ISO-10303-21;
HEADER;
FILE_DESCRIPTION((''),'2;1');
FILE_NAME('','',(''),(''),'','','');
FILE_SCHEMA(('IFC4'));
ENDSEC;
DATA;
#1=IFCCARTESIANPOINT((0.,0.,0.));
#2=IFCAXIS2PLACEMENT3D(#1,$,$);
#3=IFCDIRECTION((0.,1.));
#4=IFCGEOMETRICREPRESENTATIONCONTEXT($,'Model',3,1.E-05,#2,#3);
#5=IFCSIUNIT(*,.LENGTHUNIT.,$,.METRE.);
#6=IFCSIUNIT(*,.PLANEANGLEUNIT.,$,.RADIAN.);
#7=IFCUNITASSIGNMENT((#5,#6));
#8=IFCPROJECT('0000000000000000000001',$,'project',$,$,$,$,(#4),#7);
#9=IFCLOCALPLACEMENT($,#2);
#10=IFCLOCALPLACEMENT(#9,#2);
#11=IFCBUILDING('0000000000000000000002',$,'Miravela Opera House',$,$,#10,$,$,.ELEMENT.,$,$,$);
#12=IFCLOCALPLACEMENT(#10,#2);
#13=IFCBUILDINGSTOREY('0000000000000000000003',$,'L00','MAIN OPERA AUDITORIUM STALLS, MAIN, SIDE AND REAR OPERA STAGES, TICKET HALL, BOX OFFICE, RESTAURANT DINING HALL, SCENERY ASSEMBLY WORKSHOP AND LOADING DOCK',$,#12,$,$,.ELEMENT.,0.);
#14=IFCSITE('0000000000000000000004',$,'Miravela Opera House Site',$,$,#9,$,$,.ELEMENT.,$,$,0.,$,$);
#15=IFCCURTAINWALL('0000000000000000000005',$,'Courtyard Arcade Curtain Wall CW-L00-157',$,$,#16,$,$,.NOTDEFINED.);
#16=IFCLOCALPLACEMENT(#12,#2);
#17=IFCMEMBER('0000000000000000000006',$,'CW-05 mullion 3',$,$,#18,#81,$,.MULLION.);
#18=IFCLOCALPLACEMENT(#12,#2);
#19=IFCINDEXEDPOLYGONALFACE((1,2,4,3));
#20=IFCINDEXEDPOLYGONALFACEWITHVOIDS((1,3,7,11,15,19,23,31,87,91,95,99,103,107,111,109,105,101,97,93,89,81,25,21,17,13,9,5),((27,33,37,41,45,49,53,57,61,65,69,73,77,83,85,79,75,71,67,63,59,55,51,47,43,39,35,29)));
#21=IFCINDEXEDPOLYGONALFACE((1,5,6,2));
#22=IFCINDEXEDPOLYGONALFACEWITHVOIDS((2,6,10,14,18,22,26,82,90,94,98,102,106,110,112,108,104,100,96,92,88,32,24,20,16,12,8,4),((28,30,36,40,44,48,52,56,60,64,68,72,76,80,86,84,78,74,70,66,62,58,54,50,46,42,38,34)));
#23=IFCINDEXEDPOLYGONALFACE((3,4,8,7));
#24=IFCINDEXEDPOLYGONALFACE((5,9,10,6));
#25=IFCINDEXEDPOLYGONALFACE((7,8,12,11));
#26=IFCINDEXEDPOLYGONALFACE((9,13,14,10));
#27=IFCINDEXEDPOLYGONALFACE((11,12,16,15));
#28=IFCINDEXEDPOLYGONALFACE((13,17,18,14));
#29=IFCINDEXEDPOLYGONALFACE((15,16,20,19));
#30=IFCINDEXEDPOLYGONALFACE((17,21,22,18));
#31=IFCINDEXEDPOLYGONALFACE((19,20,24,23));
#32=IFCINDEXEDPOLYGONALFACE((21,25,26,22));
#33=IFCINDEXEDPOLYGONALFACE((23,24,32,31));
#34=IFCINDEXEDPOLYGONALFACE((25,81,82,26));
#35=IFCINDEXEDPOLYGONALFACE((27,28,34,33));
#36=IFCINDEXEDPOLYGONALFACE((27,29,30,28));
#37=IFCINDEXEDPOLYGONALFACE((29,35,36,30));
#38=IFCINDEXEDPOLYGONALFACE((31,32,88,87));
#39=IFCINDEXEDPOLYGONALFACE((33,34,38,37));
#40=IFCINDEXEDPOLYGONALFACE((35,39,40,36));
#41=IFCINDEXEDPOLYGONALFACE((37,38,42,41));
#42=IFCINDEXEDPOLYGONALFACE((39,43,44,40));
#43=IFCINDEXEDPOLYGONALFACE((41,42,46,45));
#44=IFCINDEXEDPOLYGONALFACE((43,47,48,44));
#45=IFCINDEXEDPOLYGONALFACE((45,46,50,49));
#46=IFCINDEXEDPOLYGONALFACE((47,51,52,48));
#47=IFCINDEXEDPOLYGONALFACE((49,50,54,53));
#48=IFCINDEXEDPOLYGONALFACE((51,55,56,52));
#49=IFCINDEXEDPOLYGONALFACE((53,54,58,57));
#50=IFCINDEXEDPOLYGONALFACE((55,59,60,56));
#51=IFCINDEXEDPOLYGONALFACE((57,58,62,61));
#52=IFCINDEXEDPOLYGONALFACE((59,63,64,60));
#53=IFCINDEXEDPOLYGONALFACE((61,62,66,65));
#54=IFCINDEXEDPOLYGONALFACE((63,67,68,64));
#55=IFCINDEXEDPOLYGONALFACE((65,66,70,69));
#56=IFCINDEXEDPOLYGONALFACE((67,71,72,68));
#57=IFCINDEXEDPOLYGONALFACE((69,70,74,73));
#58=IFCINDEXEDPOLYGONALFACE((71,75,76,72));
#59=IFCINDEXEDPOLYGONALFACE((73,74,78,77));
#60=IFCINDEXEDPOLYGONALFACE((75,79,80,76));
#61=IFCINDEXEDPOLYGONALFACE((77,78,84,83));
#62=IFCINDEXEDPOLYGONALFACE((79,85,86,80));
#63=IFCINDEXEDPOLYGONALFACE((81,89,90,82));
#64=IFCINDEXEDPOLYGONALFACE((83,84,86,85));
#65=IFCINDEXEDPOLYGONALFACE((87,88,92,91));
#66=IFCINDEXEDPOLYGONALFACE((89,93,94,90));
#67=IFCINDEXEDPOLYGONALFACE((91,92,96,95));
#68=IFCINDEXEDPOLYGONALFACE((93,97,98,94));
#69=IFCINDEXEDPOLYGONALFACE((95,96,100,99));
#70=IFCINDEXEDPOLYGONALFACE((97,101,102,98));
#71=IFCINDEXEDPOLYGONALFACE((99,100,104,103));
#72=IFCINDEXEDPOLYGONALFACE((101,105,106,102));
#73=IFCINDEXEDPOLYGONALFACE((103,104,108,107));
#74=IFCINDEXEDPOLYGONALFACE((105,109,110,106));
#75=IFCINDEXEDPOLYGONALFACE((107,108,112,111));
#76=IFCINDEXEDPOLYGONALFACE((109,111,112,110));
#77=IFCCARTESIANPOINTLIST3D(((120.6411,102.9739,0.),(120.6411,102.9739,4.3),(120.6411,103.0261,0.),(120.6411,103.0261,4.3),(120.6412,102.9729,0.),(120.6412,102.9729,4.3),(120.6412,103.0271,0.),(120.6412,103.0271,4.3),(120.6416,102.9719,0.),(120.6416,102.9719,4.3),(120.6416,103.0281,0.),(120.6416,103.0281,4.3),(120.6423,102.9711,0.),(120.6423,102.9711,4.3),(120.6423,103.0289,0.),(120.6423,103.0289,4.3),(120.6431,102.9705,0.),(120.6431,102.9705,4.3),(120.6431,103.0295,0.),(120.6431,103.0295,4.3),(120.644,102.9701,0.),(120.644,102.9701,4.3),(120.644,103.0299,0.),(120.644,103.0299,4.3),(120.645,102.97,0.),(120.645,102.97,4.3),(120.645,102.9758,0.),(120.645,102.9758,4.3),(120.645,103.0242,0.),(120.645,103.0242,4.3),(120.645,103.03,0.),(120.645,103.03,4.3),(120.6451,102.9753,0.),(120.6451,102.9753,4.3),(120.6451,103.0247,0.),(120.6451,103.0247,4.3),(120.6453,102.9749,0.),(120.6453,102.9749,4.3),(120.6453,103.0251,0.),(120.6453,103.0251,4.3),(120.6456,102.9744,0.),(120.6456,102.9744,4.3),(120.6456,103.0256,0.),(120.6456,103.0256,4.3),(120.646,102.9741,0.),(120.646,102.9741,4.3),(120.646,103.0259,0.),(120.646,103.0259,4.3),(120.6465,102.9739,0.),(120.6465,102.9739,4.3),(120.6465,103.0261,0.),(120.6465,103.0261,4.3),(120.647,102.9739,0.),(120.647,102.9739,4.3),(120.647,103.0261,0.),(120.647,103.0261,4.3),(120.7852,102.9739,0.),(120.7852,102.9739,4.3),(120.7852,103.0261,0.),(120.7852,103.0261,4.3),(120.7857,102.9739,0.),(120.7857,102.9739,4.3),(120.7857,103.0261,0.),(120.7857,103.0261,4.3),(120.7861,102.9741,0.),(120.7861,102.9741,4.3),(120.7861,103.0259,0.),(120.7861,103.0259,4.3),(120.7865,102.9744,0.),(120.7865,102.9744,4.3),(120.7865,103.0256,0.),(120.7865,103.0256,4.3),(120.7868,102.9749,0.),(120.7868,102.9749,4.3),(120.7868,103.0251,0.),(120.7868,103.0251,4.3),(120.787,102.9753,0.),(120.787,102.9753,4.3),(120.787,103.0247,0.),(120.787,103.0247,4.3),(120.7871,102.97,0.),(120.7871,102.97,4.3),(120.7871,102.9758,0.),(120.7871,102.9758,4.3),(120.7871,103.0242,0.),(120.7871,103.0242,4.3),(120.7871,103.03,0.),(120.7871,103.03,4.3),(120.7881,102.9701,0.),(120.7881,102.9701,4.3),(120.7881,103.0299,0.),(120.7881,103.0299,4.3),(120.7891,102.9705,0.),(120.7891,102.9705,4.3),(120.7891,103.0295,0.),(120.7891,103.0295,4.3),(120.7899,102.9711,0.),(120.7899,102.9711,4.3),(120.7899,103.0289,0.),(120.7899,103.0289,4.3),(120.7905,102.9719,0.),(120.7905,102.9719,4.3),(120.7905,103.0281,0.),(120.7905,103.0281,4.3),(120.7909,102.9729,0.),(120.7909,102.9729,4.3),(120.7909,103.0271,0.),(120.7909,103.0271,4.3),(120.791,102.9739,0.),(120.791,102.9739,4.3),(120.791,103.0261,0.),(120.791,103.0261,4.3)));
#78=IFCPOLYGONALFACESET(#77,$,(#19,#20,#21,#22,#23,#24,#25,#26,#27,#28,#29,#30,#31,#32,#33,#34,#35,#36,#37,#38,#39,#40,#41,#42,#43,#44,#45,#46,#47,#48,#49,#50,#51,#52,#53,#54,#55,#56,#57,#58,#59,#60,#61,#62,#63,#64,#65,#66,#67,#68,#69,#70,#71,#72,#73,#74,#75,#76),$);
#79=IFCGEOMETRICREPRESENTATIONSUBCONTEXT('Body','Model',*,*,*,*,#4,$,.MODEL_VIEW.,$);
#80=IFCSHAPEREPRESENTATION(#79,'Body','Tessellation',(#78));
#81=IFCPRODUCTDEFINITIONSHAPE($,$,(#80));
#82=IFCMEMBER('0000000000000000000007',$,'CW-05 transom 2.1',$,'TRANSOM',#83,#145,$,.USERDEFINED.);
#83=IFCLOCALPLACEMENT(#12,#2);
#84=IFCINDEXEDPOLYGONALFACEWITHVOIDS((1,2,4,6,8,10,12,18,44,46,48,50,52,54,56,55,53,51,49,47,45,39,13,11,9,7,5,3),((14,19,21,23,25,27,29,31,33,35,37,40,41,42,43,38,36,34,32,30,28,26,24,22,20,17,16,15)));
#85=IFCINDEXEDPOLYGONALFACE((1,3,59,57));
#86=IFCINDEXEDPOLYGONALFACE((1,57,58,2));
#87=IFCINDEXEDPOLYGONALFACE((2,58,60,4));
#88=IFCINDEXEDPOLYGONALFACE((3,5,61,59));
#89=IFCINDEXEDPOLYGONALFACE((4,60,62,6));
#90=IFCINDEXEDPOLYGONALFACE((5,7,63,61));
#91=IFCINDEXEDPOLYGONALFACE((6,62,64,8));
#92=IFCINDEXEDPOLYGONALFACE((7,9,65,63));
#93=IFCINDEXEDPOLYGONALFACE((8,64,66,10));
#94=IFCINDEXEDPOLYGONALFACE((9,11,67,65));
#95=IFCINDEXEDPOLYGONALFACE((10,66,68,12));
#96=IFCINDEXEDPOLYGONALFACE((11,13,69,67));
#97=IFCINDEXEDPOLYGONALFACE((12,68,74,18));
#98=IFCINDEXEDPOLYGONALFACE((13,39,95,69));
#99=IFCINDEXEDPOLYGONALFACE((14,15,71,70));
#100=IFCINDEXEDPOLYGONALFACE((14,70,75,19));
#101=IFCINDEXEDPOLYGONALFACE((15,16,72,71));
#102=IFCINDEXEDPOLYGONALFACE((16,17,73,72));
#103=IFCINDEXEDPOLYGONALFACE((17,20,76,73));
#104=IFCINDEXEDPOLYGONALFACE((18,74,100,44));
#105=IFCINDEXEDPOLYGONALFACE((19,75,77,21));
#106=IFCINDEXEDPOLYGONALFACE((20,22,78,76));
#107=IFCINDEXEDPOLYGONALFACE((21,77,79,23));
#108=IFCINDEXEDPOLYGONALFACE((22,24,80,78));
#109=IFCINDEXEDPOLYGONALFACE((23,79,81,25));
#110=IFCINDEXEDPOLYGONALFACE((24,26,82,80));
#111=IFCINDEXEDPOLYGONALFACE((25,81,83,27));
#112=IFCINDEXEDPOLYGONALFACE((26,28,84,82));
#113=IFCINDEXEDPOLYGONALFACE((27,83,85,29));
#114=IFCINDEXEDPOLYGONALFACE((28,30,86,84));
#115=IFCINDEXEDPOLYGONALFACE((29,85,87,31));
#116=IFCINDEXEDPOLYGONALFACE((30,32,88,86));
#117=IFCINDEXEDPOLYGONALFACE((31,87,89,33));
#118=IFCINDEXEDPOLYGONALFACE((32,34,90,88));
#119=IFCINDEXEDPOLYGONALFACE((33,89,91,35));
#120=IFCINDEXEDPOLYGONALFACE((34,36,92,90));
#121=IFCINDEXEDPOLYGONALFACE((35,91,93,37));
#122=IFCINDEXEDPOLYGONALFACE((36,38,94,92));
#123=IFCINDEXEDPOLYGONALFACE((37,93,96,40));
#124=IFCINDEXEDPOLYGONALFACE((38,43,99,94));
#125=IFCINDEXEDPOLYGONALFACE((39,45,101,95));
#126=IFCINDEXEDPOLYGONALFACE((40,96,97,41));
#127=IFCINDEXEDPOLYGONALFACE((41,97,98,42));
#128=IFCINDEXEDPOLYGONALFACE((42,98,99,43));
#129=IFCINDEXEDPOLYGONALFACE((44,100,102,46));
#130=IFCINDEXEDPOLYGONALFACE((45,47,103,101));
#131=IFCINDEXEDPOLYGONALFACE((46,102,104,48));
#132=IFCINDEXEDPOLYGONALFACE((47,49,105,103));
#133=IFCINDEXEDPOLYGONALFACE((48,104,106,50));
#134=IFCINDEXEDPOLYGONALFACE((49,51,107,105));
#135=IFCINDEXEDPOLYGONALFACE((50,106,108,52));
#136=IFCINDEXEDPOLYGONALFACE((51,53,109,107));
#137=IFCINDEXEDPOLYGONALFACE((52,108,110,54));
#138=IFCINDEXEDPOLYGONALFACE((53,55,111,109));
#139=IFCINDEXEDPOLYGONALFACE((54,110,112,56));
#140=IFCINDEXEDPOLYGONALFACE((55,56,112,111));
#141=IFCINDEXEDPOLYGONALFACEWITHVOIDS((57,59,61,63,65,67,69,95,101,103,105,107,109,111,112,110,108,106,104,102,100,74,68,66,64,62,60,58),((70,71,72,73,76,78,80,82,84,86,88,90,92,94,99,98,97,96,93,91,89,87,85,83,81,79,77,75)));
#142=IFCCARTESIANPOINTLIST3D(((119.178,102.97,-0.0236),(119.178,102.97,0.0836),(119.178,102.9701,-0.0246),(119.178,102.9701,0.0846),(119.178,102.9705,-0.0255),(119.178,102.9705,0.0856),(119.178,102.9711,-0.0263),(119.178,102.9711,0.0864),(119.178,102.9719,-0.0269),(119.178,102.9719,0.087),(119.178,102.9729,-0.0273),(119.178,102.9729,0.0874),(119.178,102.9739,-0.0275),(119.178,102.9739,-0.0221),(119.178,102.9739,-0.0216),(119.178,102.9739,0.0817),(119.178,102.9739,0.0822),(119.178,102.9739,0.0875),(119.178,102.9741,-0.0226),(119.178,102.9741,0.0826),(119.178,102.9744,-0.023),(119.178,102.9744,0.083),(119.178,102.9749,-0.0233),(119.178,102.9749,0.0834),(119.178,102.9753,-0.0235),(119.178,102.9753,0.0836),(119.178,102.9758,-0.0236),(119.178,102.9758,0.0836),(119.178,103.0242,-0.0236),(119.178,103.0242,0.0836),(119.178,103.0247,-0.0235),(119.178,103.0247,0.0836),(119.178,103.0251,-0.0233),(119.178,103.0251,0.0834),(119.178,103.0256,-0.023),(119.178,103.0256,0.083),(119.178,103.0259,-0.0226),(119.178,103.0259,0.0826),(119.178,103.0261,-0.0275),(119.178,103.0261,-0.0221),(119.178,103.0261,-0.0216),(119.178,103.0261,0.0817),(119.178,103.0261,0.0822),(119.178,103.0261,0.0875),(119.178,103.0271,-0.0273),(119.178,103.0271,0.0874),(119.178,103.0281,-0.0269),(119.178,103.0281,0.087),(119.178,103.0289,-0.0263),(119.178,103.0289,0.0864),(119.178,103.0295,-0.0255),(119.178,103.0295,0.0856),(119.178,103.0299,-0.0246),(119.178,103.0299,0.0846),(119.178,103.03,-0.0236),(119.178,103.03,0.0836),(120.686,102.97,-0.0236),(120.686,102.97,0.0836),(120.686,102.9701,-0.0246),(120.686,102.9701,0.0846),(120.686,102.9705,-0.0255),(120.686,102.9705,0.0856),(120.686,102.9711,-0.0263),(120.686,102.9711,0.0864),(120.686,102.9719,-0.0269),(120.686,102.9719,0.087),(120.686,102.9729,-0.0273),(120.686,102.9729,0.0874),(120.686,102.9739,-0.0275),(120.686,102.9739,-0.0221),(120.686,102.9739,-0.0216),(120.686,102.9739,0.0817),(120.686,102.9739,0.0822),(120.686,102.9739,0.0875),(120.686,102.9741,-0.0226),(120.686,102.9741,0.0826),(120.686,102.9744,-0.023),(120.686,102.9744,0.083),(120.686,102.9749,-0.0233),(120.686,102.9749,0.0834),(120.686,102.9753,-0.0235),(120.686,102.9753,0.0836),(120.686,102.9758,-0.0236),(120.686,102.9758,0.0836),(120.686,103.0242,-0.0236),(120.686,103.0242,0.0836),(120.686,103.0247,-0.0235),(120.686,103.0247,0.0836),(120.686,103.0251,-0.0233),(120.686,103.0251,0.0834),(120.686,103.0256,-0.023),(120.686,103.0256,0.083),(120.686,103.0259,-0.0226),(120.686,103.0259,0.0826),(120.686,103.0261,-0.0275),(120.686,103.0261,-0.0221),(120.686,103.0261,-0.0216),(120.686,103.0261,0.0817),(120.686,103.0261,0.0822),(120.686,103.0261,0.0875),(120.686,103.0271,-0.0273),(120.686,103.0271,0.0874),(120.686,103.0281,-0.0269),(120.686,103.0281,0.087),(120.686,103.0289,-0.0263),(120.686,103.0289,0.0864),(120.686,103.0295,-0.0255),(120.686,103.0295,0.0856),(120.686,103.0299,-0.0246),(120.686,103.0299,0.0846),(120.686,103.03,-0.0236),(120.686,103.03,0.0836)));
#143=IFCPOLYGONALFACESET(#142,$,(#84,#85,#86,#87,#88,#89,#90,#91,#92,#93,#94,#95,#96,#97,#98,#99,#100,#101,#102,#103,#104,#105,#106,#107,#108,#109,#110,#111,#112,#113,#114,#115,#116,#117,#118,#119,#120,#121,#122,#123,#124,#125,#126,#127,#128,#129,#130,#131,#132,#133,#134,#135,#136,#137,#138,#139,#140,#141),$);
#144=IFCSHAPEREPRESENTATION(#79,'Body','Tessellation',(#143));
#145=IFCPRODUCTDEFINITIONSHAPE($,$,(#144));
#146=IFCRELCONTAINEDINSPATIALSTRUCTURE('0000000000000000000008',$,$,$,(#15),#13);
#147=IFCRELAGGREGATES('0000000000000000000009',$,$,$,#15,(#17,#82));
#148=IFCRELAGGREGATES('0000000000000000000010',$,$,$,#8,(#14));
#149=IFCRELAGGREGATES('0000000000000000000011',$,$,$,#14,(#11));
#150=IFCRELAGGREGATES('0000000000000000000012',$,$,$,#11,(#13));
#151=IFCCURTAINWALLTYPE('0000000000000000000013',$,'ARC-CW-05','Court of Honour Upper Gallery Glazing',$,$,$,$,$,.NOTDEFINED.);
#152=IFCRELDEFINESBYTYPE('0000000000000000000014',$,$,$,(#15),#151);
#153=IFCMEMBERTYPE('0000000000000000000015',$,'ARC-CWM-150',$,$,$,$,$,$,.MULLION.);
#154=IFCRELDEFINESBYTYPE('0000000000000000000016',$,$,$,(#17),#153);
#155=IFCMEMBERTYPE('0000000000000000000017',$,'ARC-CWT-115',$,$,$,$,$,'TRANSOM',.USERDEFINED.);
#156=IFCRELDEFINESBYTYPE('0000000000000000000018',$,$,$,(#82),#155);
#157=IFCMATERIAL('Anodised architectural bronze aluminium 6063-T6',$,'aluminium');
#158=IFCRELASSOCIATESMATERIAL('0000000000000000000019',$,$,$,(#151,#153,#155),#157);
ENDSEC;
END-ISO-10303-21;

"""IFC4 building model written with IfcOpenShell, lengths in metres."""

from ifc_helpers import new_model, si_unit, direction, frame, origin, origin_2d, place, context, subcontext, project, spatial, hollow_rectangle, extrude, material, material_profile, profile_set, type_object, element, aggregate, save


model = new_model("IFC4")

# Units and contexts
model_context = context("Model", 3, precision=1e-05, world=origin(), true_north=direction((0.0, 1.0)))
body_context = subcontext(model_context, "Body", "Model", "MODEL_VIEW")
ifc_project = project(units=[si_unit("LENGTHUNIT", "METRE"), si_unit("PLANEANGLEUNIT", "RADIAN")], contexts=[model_context])

# Site, building, storey
site_placement = place(None, origin())
site = spatial("IfcSite", under=ifc_project, at=site_placement, Name="Miravela Opera House Site", CompositionType="ELEMENT", RefElevation=0.0)
building_placement = place(site_placement, origin())
building = spatial("IfcBuilding", under=site, at=building_placement, Name="Miravela Opera House", CompositionType="ELEMENT")
storey_placement = place(building_placement, origin())
storey = spatial("IfcBuildingStorey", under=building, at=storey_placement, Name="L00", Description="MAIN OPERA AUDITORIUM STALLS, MAIN, SIDE AND REAR OPERA STAGES, TICKET HALL, BOX OFFICE, RESTAURANT DINING HALL, SCENERY ASSEMBLY WORKSHOP AND LOADING DOCK", CompositionType="ELEMENT", Elevation=0.0)

# Curtain wall, members
ifc_material_1 = material(Name="Anodised architectural bronze aluminium 6063-T6", Category="aluminium")
curtain_wall_type = type_object("IfcCurtainWallType", Name="ARC-CW-05", Description="Court of Honour Upper Gallery Glazing", PredefinedType="NOTDEFINED", material=ifc_material_1)
curtain_wall_placement = place(storey_placement, origin())
curtain_wall = element("IfcCurtainWall", 1, at=curtain_wall_placement, inside=storey, type_object=curtain_wall_type, Name="Courtyard Arcade Curtain Wall CW-L00-157", PredefinedType="NOTDEFINED")
ifc_material_profile_1 = material_profile(ifc_material_1, hollow_rectangle(XDim=0.0601, YDim=0.1499, WallThickness=0.0039, InnerFilletRadius=0.002, OuterFilletRadius=0.0039, at=origin_2d()), Name="CWM-60X150")
ifc_profile_set_1 = profile_set([ifc_material_profile_1])
member_type_1 = type_object("IfcMemberType", Name="ARC-CWM-150", PredefinedType="MULLION", material=ifc_profile_set_1)
member_1_placement = place(storey_placement, frame((120.7161, 103.0, 0.0), z_axis=(0.0, 0.0, 1.0), x_axis=(0.0, 1.0, 0.0)))
member_1 = element("IfcMember", 2, at=member_1_placement, type_object=member_type_1, Name="CW-05 mullion 3", PredefinedType="MULLION", context=body_context, shape_type="SweptSolid", body=[
    extrude(hollow_rectangle(XDim=0.0601, YDim=0.1499, WallThickness=0.0039, InnerFilletRadius=0.002, OuterFilletRadius=0.0039, at=origin_2d()), origin(), (0.0, 0.0, 1.0), 4.3),
])
ifc_material_profile_2 = material_profile(ifc_material_1, hollow_rectangle(XDim=0.0601, YDim=0.115, WallThickness=0.0039, InnerFilletRadius=0.002, OuterFilletRadius=0.0039, at=origin_2d()), Name="CWT-60X115")
ifc_profile_set_2 = profile_set([ifc_material_profile_2])
member_type_2 = type_object("IfcMemberType", Name="ARC-CWT-115", ElementType="TRANSOM", PredefinedType="USERDEFINED", material=ifc_profile_set_2)
member_2_placement = place(storey_placement, frame((119.178, 103.0, 0.03), z_axis=(1.0, 0.0, 0.0), x_axis=(0.0, 1.0, 0.0)))
member_2 = element("IfcMember", 3, at=member_2_placement, type_object=member_type_2, Name="CW-05 transom 2.1", ObjectType="TRANSOM", PredefinedType="USERDEFINED", context=body_context, shape_type="SweptSolid", body=[
    extrude(hollow_rectangle(XDim=0.0601, YDim=0.115, WallThickness=0.0039, InnerFilletRadius=0.002, OuterFilletRadius=0.0039, at=origin_2d()), origin(), (0.0, 0.0, 1.0), 1.5081),
])

aggregate(curtain_wall, [member_1, member_2])

save(model, "model.ifc")
